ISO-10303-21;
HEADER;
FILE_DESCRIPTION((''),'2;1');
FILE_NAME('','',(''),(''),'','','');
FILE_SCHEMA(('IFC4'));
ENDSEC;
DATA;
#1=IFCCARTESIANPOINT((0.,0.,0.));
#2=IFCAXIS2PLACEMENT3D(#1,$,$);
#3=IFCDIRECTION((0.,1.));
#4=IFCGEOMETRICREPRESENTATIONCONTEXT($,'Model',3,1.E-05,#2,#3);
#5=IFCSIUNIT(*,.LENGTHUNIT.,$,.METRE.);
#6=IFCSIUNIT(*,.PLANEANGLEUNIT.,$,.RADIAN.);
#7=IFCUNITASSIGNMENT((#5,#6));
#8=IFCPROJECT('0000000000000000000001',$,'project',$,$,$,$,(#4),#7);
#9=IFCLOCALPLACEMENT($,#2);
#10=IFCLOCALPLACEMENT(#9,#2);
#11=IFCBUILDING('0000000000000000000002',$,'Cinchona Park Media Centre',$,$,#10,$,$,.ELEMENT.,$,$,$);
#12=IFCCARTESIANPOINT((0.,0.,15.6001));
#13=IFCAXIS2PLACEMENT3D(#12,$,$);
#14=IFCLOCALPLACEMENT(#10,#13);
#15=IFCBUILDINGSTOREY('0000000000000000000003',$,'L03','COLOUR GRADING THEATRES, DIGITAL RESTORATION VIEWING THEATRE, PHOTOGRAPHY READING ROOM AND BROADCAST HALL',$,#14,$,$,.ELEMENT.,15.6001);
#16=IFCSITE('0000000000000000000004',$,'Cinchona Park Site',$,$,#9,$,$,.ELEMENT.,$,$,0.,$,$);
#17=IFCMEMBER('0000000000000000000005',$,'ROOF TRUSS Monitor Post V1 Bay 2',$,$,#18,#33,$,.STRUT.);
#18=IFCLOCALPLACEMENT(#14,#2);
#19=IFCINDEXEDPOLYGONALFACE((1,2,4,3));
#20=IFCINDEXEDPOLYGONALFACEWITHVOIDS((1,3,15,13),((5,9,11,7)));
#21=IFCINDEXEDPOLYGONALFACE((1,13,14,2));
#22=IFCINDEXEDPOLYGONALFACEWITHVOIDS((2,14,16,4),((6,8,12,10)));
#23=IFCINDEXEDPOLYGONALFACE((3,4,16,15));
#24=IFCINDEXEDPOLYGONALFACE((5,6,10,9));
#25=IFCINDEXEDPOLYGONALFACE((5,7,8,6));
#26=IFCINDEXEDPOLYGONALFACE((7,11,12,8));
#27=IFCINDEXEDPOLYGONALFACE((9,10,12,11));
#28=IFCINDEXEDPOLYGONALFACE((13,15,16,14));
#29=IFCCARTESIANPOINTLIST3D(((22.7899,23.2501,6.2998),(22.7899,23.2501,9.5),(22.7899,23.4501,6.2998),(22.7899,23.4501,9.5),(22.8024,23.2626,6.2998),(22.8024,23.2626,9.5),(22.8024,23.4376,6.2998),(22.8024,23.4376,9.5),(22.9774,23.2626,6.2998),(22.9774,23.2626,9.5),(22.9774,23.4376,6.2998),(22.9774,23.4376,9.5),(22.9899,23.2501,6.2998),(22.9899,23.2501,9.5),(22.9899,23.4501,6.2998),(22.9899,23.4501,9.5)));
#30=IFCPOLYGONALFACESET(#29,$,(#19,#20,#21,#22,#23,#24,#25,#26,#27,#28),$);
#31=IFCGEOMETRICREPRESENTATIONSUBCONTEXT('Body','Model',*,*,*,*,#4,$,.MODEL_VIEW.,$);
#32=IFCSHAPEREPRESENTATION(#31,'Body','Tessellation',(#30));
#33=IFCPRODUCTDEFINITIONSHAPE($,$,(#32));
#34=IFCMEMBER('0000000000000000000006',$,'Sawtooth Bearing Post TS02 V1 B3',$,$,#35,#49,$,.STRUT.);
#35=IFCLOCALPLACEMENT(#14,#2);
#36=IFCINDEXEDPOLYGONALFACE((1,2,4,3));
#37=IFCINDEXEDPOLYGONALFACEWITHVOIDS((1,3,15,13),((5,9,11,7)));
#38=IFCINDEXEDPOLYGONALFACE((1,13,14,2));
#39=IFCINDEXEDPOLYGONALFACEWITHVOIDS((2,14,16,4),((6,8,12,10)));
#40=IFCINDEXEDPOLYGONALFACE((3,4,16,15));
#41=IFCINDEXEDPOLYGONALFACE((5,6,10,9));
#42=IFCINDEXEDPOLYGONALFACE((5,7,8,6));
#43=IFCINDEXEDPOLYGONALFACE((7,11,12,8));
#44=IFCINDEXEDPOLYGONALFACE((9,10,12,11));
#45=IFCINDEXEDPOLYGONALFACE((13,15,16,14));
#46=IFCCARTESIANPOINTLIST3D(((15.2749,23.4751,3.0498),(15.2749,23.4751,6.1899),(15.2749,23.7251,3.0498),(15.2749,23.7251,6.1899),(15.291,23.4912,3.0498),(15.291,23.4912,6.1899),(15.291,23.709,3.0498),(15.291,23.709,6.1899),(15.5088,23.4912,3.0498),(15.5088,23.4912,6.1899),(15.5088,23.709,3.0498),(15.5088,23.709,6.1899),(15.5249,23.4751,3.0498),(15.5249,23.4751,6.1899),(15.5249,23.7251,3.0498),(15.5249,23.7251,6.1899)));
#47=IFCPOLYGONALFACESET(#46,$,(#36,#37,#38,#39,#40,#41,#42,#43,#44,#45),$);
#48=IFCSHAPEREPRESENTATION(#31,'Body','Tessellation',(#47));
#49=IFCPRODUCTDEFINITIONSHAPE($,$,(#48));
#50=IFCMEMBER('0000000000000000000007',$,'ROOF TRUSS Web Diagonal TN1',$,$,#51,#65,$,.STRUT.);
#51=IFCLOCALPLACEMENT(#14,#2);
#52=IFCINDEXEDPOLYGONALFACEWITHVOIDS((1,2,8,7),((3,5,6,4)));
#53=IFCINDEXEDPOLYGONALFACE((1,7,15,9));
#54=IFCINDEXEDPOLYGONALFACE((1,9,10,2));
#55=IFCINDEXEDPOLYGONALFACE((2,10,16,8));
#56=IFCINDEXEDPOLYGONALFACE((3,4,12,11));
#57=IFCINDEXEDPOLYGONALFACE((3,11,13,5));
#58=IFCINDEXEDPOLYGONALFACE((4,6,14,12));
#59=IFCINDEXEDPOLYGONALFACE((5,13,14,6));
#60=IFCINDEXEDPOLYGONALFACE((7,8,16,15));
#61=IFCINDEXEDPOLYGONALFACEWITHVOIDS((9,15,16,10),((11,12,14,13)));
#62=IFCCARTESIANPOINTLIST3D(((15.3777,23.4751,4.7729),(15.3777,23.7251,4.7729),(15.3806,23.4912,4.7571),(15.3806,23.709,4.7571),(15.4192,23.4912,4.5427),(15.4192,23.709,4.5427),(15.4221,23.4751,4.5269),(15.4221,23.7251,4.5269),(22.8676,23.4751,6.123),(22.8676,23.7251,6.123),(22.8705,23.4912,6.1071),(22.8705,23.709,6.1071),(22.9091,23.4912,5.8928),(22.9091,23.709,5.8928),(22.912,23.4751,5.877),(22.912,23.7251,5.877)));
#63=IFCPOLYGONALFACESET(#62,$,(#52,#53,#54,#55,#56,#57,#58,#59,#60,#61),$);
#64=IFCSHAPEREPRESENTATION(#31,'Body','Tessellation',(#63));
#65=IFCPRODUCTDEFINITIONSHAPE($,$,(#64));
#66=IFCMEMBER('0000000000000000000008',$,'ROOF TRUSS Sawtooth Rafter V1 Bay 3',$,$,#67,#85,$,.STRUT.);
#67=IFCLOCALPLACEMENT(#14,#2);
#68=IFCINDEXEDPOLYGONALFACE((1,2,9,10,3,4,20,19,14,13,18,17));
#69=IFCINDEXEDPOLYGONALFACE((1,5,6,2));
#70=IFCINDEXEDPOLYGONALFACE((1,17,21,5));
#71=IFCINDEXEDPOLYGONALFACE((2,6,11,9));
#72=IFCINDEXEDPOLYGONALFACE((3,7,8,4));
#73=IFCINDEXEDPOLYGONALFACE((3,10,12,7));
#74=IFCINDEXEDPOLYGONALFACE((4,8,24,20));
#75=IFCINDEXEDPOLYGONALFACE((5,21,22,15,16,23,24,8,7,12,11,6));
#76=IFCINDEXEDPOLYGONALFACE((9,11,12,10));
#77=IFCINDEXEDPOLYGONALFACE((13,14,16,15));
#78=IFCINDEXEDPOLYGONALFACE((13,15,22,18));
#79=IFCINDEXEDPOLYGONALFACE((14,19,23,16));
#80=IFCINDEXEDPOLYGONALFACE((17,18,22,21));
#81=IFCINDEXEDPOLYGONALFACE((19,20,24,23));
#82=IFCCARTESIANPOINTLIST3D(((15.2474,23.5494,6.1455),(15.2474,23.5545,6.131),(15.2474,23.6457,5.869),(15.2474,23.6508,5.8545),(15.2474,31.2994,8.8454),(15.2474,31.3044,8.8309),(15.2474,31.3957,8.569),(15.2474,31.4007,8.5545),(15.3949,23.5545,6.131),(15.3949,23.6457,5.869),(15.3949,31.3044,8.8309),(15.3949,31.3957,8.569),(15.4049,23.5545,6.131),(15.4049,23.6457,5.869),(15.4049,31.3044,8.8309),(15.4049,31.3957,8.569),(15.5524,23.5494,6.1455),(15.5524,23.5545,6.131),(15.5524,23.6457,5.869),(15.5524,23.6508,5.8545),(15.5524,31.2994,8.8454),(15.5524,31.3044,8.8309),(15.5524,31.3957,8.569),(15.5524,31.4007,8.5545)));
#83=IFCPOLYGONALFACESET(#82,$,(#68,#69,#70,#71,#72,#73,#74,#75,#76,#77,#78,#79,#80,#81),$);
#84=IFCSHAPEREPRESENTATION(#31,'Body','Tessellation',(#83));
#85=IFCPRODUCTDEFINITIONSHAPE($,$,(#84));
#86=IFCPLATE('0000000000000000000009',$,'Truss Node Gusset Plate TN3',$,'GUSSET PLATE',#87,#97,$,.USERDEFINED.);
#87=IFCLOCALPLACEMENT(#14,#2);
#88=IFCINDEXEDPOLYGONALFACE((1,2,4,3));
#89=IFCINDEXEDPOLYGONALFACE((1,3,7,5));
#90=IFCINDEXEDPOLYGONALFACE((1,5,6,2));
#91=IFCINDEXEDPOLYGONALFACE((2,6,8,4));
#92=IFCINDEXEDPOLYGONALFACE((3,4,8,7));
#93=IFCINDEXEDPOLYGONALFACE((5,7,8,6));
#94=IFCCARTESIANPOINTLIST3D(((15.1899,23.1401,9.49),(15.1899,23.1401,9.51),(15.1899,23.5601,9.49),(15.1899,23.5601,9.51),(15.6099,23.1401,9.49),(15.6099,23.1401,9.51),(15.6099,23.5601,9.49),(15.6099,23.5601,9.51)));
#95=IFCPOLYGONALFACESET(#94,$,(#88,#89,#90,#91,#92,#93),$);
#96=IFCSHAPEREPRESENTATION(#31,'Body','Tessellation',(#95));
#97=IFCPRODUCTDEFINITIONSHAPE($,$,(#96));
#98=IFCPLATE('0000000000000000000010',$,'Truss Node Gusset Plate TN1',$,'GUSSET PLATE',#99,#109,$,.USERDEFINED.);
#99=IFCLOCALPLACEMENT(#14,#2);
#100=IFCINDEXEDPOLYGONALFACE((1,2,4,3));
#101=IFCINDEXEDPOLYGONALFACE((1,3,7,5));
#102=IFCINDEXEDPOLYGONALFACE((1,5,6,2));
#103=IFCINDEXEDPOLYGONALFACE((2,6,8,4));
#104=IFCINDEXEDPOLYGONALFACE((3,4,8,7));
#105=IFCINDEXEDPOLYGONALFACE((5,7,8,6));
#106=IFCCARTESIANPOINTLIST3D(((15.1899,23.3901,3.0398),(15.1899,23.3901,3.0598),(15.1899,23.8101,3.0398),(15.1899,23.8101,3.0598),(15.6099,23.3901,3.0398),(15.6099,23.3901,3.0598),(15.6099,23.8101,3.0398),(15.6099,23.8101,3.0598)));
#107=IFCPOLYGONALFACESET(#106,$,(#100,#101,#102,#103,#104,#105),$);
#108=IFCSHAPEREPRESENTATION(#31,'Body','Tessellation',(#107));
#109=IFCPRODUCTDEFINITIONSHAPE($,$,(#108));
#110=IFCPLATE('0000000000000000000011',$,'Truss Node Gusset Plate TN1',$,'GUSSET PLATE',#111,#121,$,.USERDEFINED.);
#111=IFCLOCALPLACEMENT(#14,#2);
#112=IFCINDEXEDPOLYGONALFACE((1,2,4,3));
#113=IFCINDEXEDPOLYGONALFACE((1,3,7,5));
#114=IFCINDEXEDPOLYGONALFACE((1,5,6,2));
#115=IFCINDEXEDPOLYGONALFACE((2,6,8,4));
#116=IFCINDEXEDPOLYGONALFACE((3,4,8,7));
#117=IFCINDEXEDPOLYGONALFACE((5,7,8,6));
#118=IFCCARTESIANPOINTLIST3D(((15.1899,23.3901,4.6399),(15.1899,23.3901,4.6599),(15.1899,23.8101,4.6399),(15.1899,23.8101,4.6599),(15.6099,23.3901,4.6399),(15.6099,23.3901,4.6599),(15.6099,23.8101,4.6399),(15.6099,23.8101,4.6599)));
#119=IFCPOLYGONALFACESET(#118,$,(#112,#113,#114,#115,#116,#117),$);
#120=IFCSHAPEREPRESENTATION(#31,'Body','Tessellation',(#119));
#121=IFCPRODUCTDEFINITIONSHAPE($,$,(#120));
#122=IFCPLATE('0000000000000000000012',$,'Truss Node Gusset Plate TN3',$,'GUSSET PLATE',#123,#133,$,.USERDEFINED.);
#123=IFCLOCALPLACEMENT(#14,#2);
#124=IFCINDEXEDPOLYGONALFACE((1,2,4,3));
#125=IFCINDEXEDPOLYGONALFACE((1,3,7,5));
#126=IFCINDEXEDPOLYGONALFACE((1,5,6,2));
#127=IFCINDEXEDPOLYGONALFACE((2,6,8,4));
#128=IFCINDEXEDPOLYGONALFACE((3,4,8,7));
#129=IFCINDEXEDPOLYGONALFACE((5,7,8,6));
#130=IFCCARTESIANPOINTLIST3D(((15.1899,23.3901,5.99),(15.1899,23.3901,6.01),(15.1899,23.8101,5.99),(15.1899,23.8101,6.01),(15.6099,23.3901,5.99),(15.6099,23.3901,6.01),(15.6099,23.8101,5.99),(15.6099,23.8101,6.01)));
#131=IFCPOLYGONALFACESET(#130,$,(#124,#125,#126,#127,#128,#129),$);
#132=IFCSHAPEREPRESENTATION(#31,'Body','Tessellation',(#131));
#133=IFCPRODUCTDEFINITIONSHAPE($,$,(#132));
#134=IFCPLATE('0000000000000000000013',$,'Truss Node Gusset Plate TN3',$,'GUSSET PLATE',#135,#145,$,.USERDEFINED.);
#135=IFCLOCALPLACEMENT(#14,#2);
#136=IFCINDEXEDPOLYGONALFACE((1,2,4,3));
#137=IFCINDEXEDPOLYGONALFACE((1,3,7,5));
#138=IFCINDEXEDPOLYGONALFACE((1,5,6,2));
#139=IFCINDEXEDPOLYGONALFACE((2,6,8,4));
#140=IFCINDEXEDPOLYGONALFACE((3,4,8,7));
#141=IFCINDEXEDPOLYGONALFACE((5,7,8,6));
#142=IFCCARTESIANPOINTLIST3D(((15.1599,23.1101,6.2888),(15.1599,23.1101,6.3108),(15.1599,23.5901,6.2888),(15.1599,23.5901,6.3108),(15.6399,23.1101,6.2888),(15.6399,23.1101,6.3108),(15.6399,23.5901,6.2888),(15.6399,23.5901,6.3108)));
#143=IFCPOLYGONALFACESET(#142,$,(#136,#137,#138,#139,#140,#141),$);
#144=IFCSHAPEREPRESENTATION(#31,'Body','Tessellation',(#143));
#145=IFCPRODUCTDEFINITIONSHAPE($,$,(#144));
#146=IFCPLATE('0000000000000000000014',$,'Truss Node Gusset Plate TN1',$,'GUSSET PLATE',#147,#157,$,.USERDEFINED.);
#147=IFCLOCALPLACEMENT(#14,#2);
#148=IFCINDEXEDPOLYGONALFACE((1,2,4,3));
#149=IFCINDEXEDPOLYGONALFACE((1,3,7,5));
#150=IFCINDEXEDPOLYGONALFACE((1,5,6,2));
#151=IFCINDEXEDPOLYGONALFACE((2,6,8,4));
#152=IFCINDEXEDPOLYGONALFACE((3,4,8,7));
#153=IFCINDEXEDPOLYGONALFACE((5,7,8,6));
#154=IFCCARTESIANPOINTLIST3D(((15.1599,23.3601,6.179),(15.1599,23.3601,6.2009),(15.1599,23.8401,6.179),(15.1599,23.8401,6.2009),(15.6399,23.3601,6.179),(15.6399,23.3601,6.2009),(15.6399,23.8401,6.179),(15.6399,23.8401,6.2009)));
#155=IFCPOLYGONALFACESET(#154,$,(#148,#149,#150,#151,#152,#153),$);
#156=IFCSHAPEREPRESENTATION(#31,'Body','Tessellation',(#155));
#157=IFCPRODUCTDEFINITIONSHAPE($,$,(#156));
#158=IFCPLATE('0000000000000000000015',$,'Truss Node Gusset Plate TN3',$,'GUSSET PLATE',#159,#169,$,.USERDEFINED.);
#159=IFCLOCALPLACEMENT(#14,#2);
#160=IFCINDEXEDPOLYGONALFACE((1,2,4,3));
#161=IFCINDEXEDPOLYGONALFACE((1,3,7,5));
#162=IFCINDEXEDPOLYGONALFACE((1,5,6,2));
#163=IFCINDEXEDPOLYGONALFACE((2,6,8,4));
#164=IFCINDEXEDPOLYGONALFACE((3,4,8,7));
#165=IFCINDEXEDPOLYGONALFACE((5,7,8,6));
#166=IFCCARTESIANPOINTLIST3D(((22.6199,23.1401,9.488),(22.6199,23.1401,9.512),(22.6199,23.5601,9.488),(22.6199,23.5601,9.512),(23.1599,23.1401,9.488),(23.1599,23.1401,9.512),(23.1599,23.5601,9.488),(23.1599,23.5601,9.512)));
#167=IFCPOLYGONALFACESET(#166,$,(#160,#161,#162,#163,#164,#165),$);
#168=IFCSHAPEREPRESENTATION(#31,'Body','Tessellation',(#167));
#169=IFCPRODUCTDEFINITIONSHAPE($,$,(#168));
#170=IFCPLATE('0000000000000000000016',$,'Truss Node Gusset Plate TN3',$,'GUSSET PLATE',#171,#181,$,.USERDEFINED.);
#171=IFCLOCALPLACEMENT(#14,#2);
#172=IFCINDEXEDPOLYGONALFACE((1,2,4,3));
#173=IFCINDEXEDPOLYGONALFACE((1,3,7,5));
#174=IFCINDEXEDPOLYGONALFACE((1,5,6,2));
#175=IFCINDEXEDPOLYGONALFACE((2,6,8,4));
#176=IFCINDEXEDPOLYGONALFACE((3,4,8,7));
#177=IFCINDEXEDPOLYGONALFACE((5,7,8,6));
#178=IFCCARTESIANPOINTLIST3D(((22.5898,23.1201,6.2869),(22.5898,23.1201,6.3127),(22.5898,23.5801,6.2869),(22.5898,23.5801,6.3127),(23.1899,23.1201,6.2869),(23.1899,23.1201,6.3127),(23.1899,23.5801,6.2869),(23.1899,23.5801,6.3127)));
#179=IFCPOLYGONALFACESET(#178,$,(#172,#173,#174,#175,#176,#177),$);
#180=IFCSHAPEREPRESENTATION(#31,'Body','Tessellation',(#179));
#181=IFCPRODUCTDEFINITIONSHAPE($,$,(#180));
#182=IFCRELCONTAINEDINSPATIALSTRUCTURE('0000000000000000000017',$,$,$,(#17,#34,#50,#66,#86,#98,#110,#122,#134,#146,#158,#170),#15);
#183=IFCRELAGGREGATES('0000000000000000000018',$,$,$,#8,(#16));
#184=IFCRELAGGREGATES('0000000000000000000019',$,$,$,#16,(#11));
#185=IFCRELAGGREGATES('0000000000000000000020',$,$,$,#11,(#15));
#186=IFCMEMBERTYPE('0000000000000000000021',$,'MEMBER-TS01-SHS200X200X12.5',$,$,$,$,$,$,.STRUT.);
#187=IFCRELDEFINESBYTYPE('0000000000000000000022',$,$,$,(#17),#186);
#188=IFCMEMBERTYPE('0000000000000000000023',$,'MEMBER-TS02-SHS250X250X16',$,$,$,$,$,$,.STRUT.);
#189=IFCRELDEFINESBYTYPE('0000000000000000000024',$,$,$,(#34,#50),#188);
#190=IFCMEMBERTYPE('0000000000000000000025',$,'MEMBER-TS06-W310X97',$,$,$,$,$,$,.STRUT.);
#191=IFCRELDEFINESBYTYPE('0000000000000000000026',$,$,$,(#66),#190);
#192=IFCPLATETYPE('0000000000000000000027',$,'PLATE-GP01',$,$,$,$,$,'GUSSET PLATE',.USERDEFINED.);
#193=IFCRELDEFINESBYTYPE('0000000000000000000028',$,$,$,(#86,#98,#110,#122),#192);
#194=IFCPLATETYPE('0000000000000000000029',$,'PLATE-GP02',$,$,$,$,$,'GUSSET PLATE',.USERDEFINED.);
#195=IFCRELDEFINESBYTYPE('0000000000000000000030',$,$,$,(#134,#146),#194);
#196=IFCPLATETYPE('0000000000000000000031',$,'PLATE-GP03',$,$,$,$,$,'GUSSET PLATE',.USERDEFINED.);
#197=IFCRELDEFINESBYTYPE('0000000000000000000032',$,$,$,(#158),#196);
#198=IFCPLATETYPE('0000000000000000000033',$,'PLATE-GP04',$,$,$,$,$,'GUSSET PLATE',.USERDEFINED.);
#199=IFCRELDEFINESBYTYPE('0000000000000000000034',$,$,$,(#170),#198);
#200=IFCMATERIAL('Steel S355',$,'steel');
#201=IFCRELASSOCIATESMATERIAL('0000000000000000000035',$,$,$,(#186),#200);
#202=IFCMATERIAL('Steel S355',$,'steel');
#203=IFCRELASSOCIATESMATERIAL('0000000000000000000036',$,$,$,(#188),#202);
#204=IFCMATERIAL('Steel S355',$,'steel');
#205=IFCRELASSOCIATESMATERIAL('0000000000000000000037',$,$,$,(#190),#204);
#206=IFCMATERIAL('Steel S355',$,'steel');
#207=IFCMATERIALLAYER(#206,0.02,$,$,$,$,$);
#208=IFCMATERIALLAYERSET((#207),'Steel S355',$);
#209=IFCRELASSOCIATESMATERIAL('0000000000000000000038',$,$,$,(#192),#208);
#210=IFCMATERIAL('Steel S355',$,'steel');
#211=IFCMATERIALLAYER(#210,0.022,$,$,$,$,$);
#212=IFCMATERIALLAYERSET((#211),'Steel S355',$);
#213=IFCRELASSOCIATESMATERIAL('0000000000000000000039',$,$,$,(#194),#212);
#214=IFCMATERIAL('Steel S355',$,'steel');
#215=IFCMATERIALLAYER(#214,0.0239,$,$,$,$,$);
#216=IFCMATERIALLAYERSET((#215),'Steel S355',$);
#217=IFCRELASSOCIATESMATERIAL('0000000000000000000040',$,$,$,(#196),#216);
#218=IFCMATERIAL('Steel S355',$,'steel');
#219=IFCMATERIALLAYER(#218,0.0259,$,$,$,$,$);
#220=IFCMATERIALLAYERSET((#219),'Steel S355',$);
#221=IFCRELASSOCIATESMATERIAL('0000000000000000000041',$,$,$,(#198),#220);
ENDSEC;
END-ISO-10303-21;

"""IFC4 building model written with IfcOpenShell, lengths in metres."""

from ifc_helpers import new_model, si_unit, direction, frame, origin, origin_2d, place, context, subcontext, project, spatial, rectangle, hollow_rectangle, i_section, extrude, material, layer, layer_set, material_profile, profile_set, type_object, element, save


model = new_model("IFC4")

# Units and contexts
model_context = context("Model", 3, precision=1e-05, world=origin(), true_north=direction((0.0, 1.0)))
body_context = subcontext(model_context, "Body", "Model", "MODEL_VIEW")
ifc_project = project(units=[si_unit("LENGTHUNIT", "METRE"), si_unit("PLANEANGLEUNIT", "RADIAN")], contexts=[model_context])

# Site, building, storey
site_placement = place(None, origin())
site = spatial("IfcSite", under=ifc_project, at=site_placement, Name="Cinchona Park Site", CompositionType="ELEMENT", RefElevation=0.0)
building_placement = place(site_placement, origin())
building = spatial("IfcBuilding", under=site, at=building_placement, Name="Cinchona Park Media Centre", CompositionType="ELEMENT")
storey_placement = place(building_placement, frame((0.0, 0.0, 15.6001)))
storey = spatial("IfcBuildingStorey", under=building, at=storey_placement, Name="L03", Description="COLOUR GRADING THEATRES, DIGITAL RESTORATION VIEWING THEATRE, PHOTOGRAPHY READING ROOM AND BROADCAST HALL", CompositionType="ELEMENT", Elevation=15.6001)

# Members
ifc_material_1 = material(Name="Steel S355", Category="steel")
ifc_material_profile_1 = material_profile(ifc_material_1, hollow_rectangle(XDim=0.2, YDim=0.2, WallThickness=0.0125, at=origin_2d()), Name="200X200X12.5SHS")
ifc_profile_set_1 = profile_set([ifc_material_profile_1], Name="Steel S355")
member_type_1 = type_object("IfcMemberType", Name="MEMBER-TS01-SHS200X200X12.5", PredefinedType="STRUT", material=ifc_profile_set_1)
for number, where, z_axis, x_axis, name in (
    (1, (22.8899, 23.3501, 6.2998), (0.0, 0.0, 1.0), (1.0, 0.0, 0.0), "ROOF TRUSS Monitor Post V1 Bay 2"),
):
    element("IfcMember", number, at=place(storey_placement, frame(where, z_axis=z_axis, x_axis=x_axis)), inside=storey, type_object=member_type_1, Name=name, PredefinedType="STRUT", context=body_context, shape_type="SweptSolid", body=[
        extrude(hollow_rectangle(XDim=0.2, YDim=0.2, WallThickness=0.0125, at=origin_2d()), origin(), (0.0, 0.0, 1.0), 3.2002),
    ])
ifc_material_2 = material(Name="Steel S355", Category="steel")
ifc_material_profile_2 = material_profile(ifc_material_2, hollow_rectangle(XDim=0.25, YDim=0.25, WallThickness=0.0161, at=origin_2d()), Name="250X250X16SHS")
ifc_profile_set_2 = profile_set([ifc_material_profile_2], Name="Steel S355")
member_type_2 = type_object("IfcMemberType", Name="MEMBER-TS02-SHS250X250X16", PredefinedType="STRUT", material=ifc_profile_set_2)
member_1_placement = place(storey_placement, frame((15.3999, 23.6001, 3.0498), z_axis=(0.0, 0.0, 1.0), x_axis=(1.0, 0.0, 0.0)))
element("IfcMember", 2, at=member_1_placement, inside=storey, type_object=member_type_2, Name="Sawtooth Bearing Post TS02 V1 B3", PredefinedType="STRUT", context=body_context, shape_type="SweptSolid", body=[
    extrude(hollow_rectangle(XDim=0.25, YDim=0.25, WallThickness=0.0161, at=origin_2d()), origin(), (0.0, 0.0, 1.0), 3.1401),
])
member_2_placement = place(storey_placement, frame((15.3999, 23.6001, 4.6499), z_axis=(0.98414, 0.0, 0.177395), x_axis=(0.0, 1.0, 0.0)))
element("IfcMember", 3, at=member_2_placement, inside=storey, type_object=member_type_2, Name="ROOF TRUSS Web Diagonal TN1", PredefinedType="STRUT", context=body_context, shape_type="SweptSolid", body=[
    extrude(hollow_rectangle(XDim=0.25, YDim=0.25, WallThickness=0.0161, at=origin_2d()), origin(), (0.0, 0.0, 1.0), 7.6106),
])
ifc_material_3 = material(Name="Steel S355", Category="steel")
ifc_material_profile_3 = material_profile(ifc_material_3, i_section(OverallWidth=0.3049, OverallDepth=0.3081, WebThickness=0.01, FlangeThickness=0.0154, at=origin_2d()), Name="W310X97")
ifc_profile_set_3 = profile_set([ifc_material_profile_3], Name="Steel S355")
member_type_3 = type_object("IfcMemberType", Name="MEMBER-TS06-W310X97", PredefinedType="STRUT", material=ifc_profile_set_3)
member_3_placement = place(storey_placement, frame((15.3999, 23.6001, 6.0), z_axis=(0.0, 0.944334, 0.328988), x_axis=(-1.0, 0.0, 0.0)))
element("IfcMember", 4, at=member_3_placement, inside=storey, type_object=member_type_3, Name="ROOF TRUSS Sawtooth Rafter V1 Bay 3", PredefinedType="STRUT", context=body_context, shape_type="SweptSolid", body=[
    extrude(i_section(OverallWidth=0.3049, OverallDepth=0.3081, WebThickness=0.01, FlangeThickness=0.0154, at=origin_2d()), origin(), (0.0, 0.0, 1.0), 8.2068),
])

# Plates
ifc_material_4 = material(Name="Steel S355", Category="steel")
ifc_layer_1 = layer(ifc_material_4, 0.02)
ifc_layer_set_1 = layer_set([ifc_layer_1], Name="Steel S355")
plate_type_1 = type_object("IfcPlateType", Name="PLATE-GP01", ElementType="GUSSET PLATE", PredefinedType="USERDEFINED", material=ifc_layer_set_1)
for number, where, z_axis, x_axis, name in (
    (5, (15.3999, 23.3501, 9.49), (0.0, 0.0, 1.0), (1.0, 0.0, 0.0), "Truss Node Gusset Plate TN3"),
    (6, (15.3999, 23.6001, 3.0398), (0.0, 0.0, 1.0), (1.0, 0.0, 0.0), "Truss Node Gusset Plate TN1"),
    (7, (15.3999, 23.6001, 4.6399), (0.0, 0.0, 1.0), (1.0, 0.0, 0.0), "Truss Node Gusset Plate TN1"),
    (8, (15.3999, 23.6001, 5.99), (0.0, 0.0, 1.0), (1.0, 0.0, 0.0), "Truss Node Gusset Plate TN3"),
):
    element("IfcPlate", number, at=place(storey_placement, frame(where, z_axis=z_axis, x_axis=x_axis)), inside=storey, type_object=plate_type_1, Name=name, ObjectType="GUSSET PLATE", PredefinedType="USERDEFINED", context=body_context, shape_type="SweptSolid", body=[
        extrude(rectangle(XDim=0.4199, YDim=0.4199, at=origin_2d()), origin(), (0.0, 0.0, 1.0), 0.02),
    ])
ifc_material_5 = material(Name="Steel S355", Category="steel")
ifc_layer_2 = layer(ifc_material_5, 0.022)
ifc_layer_set_2 = layer_set([ifc_layer_2], Name="Steel S355")
plate_type_2 = type_object("IfcPlateType", Name="PLATE-GP02", ElementType="GUSSET PLATE", PredefinedType="USERDEFINED", material=ifc_layer_set_2)
for number, where, z_axis, x_axis, name in (
    (9, (15.3999, 23.3501, 6.2888), (0.0, 0.0, 1.0), (1.0, 0.0, 0.0), "Truss Node Gusset Plate TN3"),
    (10, (15.3999, 23.6001, 6.179), (0.0, 0.0, 1.0), (1.0, 0.0, 0.0), "Truss Node Gusset Plate TN1"),
):
    element("IfcPlate", number, at=place(storey_placement, frame(where, z_axis=z_axis, x_axis=x_axis)), inside=storey, type_object=plate_type_2, Name=name, ObjectType="GUSSET PLATE", PredefinedType="USERDEFINED", context=body_context, shape_type="SweptSolid", body=[
        extrude(rectangle(XDim=0.48, YDim=0.48, at=origin_2d()), origin(), (0.0, 0.0, 1.0), 0.022),
    ])
ifc_material_6 = material(Name="Steel S355", Category="steel")
ifc_layer_3 = layer(ifc_material_6, 0.0239)
ifc_layer_set_3 = layer_set([ifc_layer_3], Name="Steel S355")
plate_type_3 = type_object("IfcPlateType", Name="PLATE-GP03", ElementType="GUSSET PLATE", PredefinedType="USERDEFINED", material=ifc_layer_set_3)
plate_1_placement = place(storey_placement, frame((22.8899, 23.3501, 9.488), z_axis=(0.0, 0.0, 1.0), x_axis=(1.0, 0.0, 0.0)))
element("IfcPlate", 11, at=plate_1_placement, inside=storey, type_object=plate_type_3, Name="Truss Node Gusset Plate TN3", ObjectType="GUSSET PLATE", PredefinedType="USERDEFINED", context=body_context, shape_type="SweptSolid", body=[
    extrude(rectangle(XDim=0.54, YDim=0.4199, at=origin_2d()), origin(), (0.0, 0.0, 1.0), 0.0239),
])
ifc_material_7 = material(Name="Steel S355", Category="steel")
ifc_layer_4 = layer(ifc_material_7, 0.0259)
ifc_layer_set_4 = layer_set([ifc_layer_4], Name="Steel S355")
plate_type_4 = type_object("IfcPlateType", Name="PLATE-GP04", ElementType="GUSSET PLATE", PredefinedType="USERDEFINED", material=ifc_layer_set_4)
plate_2_placement = place(storey_placement, frame((22.8899, 23.3501, 6.2869), z_axis=(0.0, 0.0, 1.0), x_axis=(1.0, 0.0, 0.0)))
element("IfcPlate", 12, at=plate_2_placement, inside=storey, type_object=plate_type_4, Name="Truss Node Gusset Plate TN3", ObjectType="GUSSET PLATE", PredefinedType="USERDEFINED", context=body_context, shape_type="SweptSolid", body=[
    extrude(rectangle(XDim=0.6001, YDim=0.46, at=origin_2d()), origin(), (0.0, 0.0, 1.0), 0.0259),
])

save(model, "model.ifc")
